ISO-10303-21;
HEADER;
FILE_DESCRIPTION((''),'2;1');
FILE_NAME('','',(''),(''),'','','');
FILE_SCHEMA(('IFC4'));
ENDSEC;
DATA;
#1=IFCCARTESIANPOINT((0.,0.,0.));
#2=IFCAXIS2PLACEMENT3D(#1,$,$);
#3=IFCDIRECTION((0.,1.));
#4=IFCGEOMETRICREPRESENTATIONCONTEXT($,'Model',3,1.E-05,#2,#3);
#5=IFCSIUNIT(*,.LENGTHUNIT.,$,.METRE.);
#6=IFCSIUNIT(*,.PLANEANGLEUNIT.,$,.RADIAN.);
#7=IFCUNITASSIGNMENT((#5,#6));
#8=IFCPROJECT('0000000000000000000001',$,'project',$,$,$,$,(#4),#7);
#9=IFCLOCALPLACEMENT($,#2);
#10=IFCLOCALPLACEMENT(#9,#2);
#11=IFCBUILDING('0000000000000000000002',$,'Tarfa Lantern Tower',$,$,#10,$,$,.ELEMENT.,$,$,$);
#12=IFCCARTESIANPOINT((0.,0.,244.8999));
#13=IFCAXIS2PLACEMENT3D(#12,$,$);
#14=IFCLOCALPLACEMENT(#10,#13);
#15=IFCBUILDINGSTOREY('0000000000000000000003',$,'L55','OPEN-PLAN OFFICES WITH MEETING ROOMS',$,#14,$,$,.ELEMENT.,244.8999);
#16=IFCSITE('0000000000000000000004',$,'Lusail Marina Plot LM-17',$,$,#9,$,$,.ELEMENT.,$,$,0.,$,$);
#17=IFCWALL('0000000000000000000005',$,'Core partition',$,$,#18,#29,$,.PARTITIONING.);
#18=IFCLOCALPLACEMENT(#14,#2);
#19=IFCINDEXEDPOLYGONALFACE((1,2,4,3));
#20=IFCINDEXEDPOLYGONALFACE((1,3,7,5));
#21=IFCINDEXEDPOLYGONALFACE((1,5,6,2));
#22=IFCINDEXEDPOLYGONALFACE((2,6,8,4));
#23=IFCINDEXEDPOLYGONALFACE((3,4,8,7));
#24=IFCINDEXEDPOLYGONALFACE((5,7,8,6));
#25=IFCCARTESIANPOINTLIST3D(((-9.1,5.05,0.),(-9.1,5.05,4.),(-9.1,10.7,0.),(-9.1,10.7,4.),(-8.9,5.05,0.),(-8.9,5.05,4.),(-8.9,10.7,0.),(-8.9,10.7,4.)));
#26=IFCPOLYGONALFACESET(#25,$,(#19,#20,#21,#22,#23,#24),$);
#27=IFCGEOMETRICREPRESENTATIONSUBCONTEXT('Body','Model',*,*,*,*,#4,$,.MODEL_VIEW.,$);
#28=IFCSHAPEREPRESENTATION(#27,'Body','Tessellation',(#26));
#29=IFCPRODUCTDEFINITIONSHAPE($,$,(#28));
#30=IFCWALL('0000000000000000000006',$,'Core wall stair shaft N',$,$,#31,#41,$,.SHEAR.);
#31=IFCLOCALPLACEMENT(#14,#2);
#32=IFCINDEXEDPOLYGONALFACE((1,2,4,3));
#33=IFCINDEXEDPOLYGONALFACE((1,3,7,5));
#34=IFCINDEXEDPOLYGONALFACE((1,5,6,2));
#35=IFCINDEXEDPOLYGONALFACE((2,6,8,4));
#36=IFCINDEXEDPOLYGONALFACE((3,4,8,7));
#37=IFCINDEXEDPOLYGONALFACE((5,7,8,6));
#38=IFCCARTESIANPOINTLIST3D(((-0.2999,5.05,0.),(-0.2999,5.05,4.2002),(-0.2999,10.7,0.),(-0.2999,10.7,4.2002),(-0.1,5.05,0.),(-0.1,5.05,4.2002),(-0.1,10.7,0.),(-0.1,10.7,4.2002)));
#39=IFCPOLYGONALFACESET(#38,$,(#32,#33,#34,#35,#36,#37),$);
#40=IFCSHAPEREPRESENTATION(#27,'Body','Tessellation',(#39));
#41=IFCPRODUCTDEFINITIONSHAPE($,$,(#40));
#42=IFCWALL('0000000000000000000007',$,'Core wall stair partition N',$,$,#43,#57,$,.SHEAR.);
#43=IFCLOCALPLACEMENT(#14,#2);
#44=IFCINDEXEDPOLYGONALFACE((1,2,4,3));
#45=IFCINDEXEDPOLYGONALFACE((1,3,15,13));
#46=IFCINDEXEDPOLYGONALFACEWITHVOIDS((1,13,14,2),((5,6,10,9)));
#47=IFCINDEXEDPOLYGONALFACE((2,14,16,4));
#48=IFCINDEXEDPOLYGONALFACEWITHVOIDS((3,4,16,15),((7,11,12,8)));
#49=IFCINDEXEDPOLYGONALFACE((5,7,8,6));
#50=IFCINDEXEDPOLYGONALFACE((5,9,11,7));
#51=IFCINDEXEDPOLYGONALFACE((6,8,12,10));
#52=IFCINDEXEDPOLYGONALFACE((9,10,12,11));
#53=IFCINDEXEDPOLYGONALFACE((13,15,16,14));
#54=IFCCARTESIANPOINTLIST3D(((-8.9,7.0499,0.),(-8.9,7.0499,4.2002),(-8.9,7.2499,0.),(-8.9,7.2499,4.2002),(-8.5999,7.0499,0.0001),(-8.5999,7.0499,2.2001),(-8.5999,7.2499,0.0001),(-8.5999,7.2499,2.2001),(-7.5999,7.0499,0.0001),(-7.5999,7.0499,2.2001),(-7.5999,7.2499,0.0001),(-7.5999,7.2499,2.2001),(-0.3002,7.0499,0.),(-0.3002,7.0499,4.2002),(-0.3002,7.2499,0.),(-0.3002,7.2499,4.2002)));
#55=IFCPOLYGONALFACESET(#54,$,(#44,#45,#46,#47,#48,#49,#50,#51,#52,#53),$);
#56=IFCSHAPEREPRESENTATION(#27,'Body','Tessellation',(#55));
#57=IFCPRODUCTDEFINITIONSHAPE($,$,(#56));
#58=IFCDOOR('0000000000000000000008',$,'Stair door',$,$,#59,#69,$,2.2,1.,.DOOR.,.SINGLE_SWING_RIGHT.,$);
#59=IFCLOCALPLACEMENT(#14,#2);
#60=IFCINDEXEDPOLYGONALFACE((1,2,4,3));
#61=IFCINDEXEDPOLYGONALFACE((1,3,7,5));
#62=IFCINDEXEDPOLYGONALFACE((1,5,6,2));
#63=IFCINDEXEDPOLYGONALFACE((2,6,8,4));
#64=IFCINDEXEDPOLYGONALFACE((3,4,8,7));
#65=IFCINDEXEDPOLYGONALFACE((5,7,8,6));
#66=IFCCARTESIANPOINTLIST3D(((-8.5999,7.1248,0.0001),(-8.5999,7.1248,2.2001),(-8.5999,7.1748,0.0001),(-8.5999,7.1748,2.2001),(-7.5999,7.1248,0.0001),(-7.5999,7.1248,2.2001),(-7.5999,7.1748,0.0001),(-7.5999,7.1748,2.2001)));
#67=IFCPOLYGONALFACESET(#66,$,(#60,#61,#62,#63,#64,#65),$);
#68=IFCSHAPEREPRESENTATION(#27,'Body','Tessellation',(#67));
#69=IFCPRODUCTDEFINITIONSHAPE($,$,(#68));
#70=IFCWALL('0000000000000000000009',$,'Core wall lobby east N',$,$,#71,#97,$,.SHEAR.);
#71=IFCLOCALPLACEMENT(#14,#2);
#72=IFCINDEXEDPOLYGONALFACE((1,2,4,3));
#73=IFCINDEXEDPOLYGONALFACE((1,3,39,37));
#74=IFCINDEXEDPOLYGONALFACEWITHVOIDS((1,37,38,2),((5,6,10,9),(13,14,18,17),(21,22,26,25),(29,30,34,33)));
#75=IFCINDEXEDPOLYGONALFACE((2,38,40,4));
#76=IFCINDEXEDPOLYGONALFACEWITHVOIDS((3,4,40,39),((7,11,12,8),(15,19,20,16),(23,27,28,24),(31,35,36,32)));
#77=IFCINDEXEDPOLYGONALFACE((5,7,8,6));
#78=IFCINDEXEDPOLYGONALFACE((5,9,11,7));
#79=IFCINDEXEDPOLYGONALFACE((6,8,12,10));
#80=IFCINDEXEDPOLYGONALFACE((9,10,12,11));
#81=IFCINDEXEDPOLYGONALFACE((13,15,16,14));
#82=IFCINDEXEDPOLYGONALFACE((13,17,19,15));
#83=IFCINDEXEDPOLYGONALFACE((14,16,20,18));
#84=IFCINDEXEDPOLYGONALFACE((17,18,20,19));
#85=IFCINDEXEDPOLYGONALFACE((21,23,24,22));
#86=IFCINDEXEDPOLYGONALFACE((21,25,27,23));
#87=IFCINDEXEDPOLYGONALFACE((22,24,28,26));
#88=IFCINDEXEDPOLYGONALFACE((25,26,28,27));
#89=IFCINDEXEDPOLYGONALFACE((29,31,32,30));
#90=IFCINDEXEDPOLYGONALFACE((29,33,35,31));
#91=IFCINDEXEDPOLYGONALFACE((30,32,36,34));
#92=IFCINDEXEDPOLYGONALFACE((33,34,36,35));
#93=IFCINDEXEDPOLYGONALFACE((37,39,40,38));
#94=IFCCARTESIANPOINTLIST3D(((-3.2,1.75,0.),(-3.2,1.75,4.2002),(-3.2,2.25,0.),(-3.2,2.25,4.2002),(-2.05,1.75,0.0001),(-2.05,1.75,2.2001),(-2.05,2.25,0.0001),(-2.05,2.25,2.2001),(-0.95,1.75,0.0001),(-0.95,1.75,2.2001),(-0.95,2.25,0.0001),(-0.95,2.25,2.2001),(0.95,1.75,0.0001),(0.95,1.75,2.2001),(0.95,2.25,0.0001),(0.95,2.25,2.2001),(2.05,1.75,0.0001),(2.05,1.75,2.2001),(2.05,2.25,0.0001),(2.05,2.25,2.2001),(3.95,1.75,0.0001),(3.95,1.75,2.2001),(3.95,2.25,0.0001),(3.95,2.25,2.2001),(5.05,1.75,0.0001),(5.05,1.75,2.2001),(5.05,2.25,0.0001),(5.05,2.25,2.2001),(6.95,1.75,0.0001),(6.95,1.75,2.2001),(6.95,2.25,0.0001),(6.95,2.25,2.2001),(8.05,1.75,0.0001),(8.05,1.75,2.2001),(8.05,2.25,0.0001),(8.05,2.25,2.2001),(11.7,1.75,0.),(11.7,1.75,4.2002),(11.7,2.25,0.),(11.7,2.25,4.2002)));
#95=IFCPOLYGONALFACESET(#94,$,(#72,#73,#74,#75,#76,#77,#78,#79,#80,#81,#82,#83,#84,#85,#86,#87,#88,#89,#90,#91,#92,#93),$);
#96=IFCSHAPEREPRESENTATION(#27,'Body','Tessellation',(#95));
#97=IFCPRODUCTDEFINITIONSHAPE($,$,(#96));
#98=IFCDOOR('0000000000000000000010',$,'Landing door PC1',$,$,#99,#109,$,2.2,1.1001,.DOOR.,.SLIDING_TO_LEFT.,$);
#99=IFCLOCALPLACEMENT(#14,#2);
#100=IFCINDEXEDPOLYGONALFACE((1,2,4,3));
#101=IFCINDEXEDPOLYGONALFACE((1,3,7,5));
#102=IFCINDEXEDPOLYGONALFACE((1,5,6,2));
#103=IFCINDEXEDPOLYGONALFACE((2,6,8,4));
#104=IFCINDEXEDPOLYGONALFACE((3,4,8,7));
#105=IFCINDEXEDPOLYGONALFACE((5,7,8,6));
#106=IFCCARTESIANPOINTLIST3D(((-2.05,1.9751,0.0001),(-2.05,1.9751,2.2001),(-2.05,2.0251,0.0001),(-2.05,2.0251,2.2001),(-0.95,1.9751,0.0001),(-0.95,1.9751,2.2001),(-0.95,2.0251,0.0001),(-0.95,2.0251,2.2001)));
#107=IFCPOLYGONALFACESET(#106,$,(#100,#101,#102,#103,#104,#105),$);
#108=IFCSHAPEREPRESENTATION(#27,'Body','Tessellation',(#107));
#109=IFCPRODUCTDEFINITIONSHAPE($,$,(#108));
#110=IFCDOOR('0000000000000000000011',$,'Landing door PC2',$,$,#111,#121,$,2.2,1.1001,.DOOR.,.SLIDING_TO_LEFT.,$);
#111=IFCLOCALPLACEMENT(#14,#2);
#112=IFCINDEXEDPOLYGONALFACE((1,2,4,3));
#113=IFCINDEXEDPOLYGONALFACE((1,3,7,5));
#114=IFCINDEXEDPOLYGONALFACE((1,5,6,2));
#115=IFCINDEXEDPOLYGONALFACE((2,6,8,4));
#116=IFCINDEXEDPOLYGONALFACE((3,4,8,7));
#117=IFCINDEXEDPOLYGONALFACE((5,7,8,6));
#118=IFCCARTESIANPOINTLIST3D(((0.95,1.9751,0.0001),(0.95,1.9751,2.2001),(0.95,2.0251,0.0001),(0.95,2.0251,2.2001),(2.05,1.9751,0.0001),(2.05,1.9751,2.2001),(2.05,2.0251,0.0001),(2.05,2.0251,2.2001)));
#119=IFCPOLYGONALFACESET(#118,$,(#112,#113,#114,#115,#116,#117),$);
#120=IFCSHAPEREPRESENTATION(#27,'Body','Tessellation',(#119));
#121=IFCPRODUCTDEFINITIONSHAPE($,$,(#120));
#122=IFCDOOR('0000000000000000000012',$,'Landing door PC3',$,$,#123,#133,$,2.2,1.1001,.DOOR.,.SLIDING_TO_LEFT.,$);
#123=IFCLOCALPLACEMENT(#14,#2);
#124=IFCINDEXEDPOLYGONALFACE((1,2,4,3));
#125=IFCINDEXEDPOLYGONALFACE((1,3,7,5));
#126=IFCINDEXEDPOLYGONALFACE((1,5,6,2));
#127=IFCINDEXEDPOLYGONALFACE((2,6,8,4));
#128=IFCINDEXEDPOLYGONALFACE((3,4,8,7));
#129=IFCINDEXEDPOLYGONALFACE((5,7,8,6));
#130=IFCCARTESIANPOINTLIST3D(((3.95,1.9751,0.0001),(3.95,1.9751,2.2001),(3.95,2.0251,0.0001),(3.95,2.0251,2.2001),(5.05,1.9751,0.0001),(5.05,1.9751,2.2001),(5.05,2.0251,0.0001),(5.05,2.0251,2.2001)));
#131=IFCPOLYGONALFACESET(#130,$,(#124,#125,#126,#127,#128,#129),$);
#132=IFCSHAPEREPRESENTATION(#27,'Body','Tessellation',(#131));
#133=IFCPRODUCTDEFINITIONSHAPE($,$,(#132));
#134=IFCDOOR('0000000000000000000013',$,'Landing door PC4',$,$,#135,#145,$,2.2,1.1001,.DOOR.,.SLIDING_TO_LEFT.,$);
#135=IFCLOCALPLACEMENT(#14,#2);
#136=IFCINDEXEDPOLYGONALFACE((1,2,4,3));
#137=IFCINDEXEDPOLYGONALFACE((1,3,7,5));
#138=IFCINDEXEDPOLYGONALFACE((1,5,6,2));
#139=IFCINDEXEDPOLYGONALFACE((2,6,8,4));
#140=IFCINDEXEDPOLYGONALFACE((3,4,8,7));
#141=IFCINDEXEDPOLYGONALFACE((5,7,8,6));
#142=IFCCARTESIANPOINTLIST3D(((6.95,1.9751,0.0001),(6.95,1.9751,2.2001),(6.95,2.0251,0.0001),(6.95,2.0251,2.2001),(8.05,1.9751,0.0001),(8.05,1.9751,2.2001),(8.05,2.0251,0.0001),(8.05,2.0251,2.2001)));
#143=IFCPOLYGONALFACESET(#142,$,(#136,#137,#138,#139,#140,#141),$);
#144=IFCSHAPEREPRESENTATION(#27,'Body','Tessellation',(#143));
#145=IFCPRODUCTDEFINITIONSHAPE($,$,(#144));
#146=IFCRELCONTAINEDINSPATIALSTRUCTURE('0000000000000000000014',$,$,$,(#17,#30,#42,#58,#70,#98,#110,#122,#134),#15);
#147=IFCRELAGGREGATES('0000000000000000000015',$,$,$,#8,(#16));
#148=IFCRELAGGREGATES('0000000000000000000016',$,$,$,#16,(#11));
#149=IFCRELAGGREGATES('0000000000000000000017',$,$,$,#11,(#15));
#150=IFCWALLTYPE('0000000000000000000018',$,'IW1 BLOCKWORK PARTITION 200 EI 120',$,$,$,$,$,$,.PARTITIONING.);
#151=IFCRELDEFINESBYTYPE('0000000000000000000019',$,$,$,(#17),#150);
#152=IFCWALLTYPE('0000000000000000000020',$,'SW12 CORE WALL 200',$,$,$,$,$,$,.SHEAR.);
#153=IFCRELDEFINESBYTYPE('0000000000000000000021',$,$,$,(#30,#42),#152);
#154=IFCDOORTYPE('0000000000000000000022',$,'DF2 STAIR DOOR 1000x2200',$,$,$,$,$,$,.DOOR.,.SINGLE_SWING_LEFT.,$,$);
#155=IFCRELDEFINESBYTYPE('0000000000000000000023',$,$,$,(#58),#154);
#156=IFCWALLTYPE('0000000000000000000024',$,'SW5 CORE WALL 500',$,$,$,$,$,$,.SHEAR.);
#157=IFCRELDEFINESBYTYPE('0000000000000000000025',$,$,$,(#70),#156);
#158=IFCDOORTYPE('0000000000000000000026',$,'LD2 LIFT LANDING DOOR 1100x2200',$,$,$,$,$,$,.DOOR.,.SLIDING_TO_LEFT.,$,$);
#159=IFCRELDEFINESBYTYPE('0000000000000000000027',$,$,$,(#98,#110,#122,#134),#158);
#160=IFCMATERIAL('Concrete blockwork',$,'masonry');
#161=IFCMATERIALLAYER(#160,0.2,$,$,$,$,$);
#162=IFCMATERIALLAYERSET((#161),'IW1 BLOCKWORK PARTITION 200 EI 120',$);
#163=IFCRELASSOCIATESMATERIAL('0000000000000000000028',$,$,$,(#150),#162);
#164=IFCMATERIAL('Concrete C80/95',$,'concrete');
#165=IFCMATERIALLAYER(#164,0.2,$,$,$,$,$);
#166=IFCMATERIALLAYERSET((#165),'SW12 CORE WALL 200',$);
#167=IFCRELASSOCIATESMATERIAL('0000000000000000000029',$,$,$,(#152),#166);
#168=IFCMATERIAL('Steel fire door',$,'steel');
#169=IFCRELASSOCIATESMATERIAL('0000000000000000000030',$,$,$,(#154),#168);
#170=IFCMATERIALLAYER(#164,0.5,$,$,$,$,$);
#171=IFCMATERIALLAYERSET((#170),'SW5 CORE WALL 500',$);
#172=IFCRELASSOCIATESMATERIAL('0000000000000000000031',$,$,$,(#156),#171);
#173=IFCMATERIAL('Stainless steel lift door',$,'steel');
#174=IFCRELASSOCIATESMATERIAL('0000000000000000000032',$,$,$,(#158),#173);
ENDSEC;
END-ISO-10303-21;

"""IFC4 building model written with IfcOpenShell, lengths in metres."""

from ifc_helpers import new_model, si_unit, direction, frame, frame_2d, origin, place, context, subcontext, project, spatial, rectangle, extrude, material, layer, layer_set, type_object, element, fill, save


model = new_model("IFC4")

# Units and contexts
model_context = context("Model", 3, precision=1e-05, world=origin(), true_north=direction((0.0, 1.0)))
body_context = subcontext(model_context, "Body", "Model", "MODEL_VIEW")
ifc_project = project(units=[si_unit("LENGTHUNIT", "METRE"), si_unit("PLANEANGLEUNIT", "RADIAN")], contexts=[model_context])

# Site, building, storey
site_placement = place(None, origin())
site = spatial("IfcSite", under=ifc_project, at=site_placement, Name="Lusail Marina Plot LM-17", CompositionType="ELEMENT", RefElevation=0.0)
building_placement = place(site_placement, origin())
building = spatial("IfcBuilding", under=site, at=building_placement, Name="Tarfa Lantern Tower", CompositionType="ELEMENT")
storey_placement = place(building_placement, frame((0.0, 0.0, 244.8999)))
storey = spatial("IfcBuildingStorey", under=building, at=storey_placement, Name="L55", Description="OPEN-PLAN OFFICES WITH MEETING ROOMS", CompositionType="ELEMENT", Elevation=244.8999)

# Walls
ifc_material_1 = material(Name="Concrete blockwork", Category="masonry")
ifc_layer_1 = layer(ifc_material_1, 0.2)
ifc_layer_set_1 = layer_set([ifc_layer_1], Name="IW1 BLOCKWORK PARTITION 200 EI 120")
wall_type_1 = type_object("IfcWallType", Name="IW1 BLOCKWORK PARTITION 200 EI 120", PredefinedType="PARTITIONING", material=ifc_layer_set_1)
wall_1_placement = place(storey_placement, frame((-9.0, 5.05, 0.0), z_axis=(0.0, 0.0, 1.0), x_axis=(0.0, 1.0, 0.0)))
element("IfcWall", 1, at=wall_1_placement, inside=storey, type_object=wall_type_1, Name="Core partition", PredefinedType="PARTITIONING", context=body_context, shape_type="SweptSolid", body=[
    extrude(rectangle(XDim=5.6499, YDim=0.2, at=frame_2d((2.825, 0.0))), origin(), (0.0, 0.0, 1.0), 4.0),
])
ifc_material_2 = material(Name="Concrete C80/95", Category="concrete")
ifc_layer_2 = layer(ifc_material_2, 0.2)
ifc_layer_set_2 = layer_set([ifc_layer_2], Name="SW12 CORE WALL 200")
wall_type_2 = type_object("IfcWallType", Name="SW12 CORE WALL 200", PredefinedType="SHEAR", material=ifc_layer_set_2)
wall_2_placement = place(storey_placement, frame((-0.2, 5.05, 0.0), z_axis=(0.0, 0.0, 1.0), x_axis=(0.0, 1.0, 0.0)))
element("IfcWall", 2, at=wall_2_placement, inside=storey, type_object=wall_type_2, Name="Core wall stair shaft N", PredefinedType="SHEAR", context=body_context, shape_type="SweptSolid", body=[
    extrude(rectangle(XDim=5.6499, YDim=0.2, at=frame_2d((2.825, 0.0))), origin(), (0.0, 0.0, 1.0), 4.2002),
])

# Wall, opening, door
wall_3_placement = place(storey_placement, frame((-8.8999, 7.1499, 0.0), z_axis=(0.0, 0.0, 1.0), x_axis=(1.0, 0.0, 0.0)))
wall_3 = element("IfcWall", 3, at=wall_3_placement, inside=storey, type_object=wall_type_2, Name="Core wall stair partition N", PredefinedType="SHEAR", context=body_context, shape_type="SweptSolid", body=[
    extrude(rectangle(XDim=8.5999, YDim=0.2, at=frame_2d((4.2998, 0.0))), origin(), (0.0, 0.0, 1.0), 4.2002),
])
opening_1_placement = place(wall_3_placement, frame((0.3, 0.0, 0.0)))
opening_1 = element("IfcOpeningElement", 4, at=opening_1_placement, cuts=wall_3, PredefinedType="OPENING", context=body_context, shape_type="SweptSolid", body=[
    extrude(rectangle(XDim=1.0, YDim=2.2, at=frame_2d((0.5, 1.1001))), frame((0.0, 0.1099, 0.0), z_axis=(0.0, -1.0, 0.0), x_axis=(1.0, 0.0, 0.0)), (0.0, 0.0, 1.0), 0.22),
])
ifc_material_3 = material(Name="Steel fire door", Category="steel")
door_type_1 = type_object("IfcDoorType", Name="DF2 STAIR DOOR 1000x2200", OperationType="SINGLE_SWING_LEFT", PredefinedType="DOOR", material=ifc_material_3)
door_1_placement = place(opening_1_placement, origin())
door_1 = element("IfcDoor", 5, at=door_1_placement, inside=storey, type_object=door_type_1, Name="Stair door", OperationType="SINGLE_SWING_RIGHT", OverallHeight=2.2, OverallWidth=1.0, PredefinedType="DOOR", context=body_context, shape_type="SweptSolid", body=[
    extrude(rectangle(XDim=1.0, YDim=2.2, at=frame_2d((0.5, 1.1001))), frame((0.0, 0.0249, 0.0), z_axis=(0.0, -1.0, 0.0), x_axis=(1.0, 0.0, 0.0)), (0.0, 0.0, 1.0), 0.05),
])
fill(opening_1, door_1)

# Wall, openings, doors
ifc_layer_3 = layer(ifc_material_2, 0.5)
ifc_layer_set_3 = layer_set([ifc_layer_3], Name="SW5 CORE WALL 500")
wall_type_3 = type_object("IfcWallType", Name="SW5 CORE WALL 500", PredefinedType="SHEAR", material=ifc_layer_set_3)
wall_4_placement = place(storey_placement, frame((-3.2, 2.0, 0.0), z_axis=(0.0, 0.0, 1.0), x_axis=(1.0, 0.0, 0.0)))
wall_4 = element("IfcWall", 6, at=wall_4_placement, inside=storey, type_object=wall_type_3, Name="Core wall lobby east N", PredefinedType="SHEAR", context=body_context, shape_type="SweptSolid", body=[
    extrude(rectangle(XDim=14.8999, YDim=0.5, at=frame_2d((7.45, 0.0))), origin(), (0.0, 0.0, 1.0), 4.2002),
])
opening_2_placement = place(wall_4_placement, frame((1.1499, 0.0, 0.0)))
opening_2 = element("IfcOpeningElement", 7, at=opening_2_placement, cuts=wall_4, PredefinedType="OPENING", context=body_context, shape_type="SweptSolid", body=[
    extrude(rectangle(XDim=1.1001, YDim=2.2, at=frame_2d((0.55, 1.1001))), frame((0.0, 0.26, 0.0), z_axis=(0.0, -1.0, 0.0), x_axis=(1.0, 0.0, 0.0)), (0.0, 0.0, 1.0), 0.52),
])
opening_3_placement = place(wall_4_placement, frame((4.1499, 0.0, 0.0)))
opening_3 = element("IfcOpeningElement", 8, at=opening_3_placement, cuts=wall_4, PredefinedType="OPENING", context=body_context, shape_type="SweptSolid", body=[
    extrude(rectangle(XDim=1.1001, YDim=2.2, at=frame_2d((0.55, 1.1001))), frame((0.0, 0.26, 0.0), z_axis=(0.0, -1.0, 0.0), x_axis=(1.0, 0.0, 0.0)), (0.0, 0.0, 1.0), 0.52),
])
opening_4_placement = place(wall_4_placement, frame((7.1499, 0.0, 0.0)))
opening_4 = element("IfcOpeningElement", 9, at=opening_4_placement, cuts=wall_4, PredefinedType="OPENING", context=body_context, shape_type="SweptSolid", body=[
    extrude(rectangle(XDim=1.1001, YDim=2.2, at=frame_2d((0.55, 1.1001))), frame((0.0, 0.26, 0.0), z_axis=(0.0, -1.0, 0.0), x_axis=(1.0, 0.0, 0.0)), (0.0, 0.0, 1.0), 0.52),
])
opening_5_placement = place(wall_4_placement, frame((10.1499, 0.0, 0.0)))
opening_5 = element("IfcOpeningElement", 10, at=opening_5_placement, cuts=wall_4, PredefinedType="OPENING", context=body_context, shape_type="SweptSolid", body=[
    extrude(rectangle(XDim=1.1001, YDim=2.2, at=frame_2d((0.55, 1.1001))), frame((0.0, 0.26, 0.0), z_axis=(0.0, -1.0, 0.0), x_axis=(1.0, 0.0, 0.0)), (0.0, 0.0, 1.0), 0.52),
])
ifc_material_4 = material(Name="Stainless steel lift door", Category="steel")
door_type_2 = type_object("IfcDoorType", Name="LD2 LIFT LANDING DOOR 1100x2200", OperationType="SLIDING_TO_LEFT", PredefinedType="DOOR", material=ifc_material_4)
door_2_placement = place(opening_2_placement, frame((1.1001, 0.0, 0.0), z_axis=(0.0, 0.0, 1.0), x_axis=(-1.0, 0.0, 0.0)))
door_2 = element("IfcDoor", 11, at=door_2_placement, inside=storey, type_object=door_type_2, Name="Landing door PC1", OperationType="SLIDING_TO_LEFT", OverallHeight=2.2, OverallWidth=1.1001, PredefinedType="DOOR", context=body_context, shape_type="SweptSolid", body=[
    extrude(rectangle(XDim=1.1001, YDim=2.2, at=frame_2d((0.55, 1.1001))), frame((0.0, 0.0249, 0.0), z_axis=(0.0, -1.0, 0.0), x_axis=(1.0, 0.0, 0.0)), (0.0, 0.0, 1.0), 0.05),
])
fill(opening_2, door_2)
door_3_placement = place(opening_3_placement, frame((1.1001, 0.0, 0.0), z_axis=(0.0, 0.0, 1.0), x_axis=(-1.0, 0.0, 0.0)))
door_3 = element("IfcDoor", 12, at=door_3_placement, inside=storey, type_object=door_type_2, Name="Landing door PC2", OperationType="SLIDING_TO_LEFT", OverallHeight=2.2, OverallWidth=1.1001, PredefinedType="DOOR", context=body_context, shape_type="SweptSolid", body=[
    extrude(rectangle(XDim=1.1001, YDim=2.2, at=frame_2d((0.55, 1.1001))), frame((0.0, 0.0249, 0.0), z_axis=(0.0, -1.0, 0.0), x_axis=(1.0, 0.0, 0.0)), (0.0, 0.0, 1.0), 0.05),
])
fill(opening_3, door_3)
door_4_placement = place(opening_4_placement, frame((1.1001, 0.0, 0.0), z_axis=(0.0, 0.0, 1.0), x_axis=(-1.0, 0.0, 0.0)))
door_4 = element("IfcDoor", 13, at=door_4_placement, inside=storey, type_object=door_type_2, Name="Landing door PC3", OperationType="SLIDING_TO_LEFT", OverallHeight=2.2, OverallWidth=1.1001, PredefinedType="DOOR", context=body_context, shape_type="SweptSolid", body=[
    extrude(rectangle(XDim=1.1001, YDim=2.2, at=frame_2d((0.55, 1.1001))), frame((0.0, 0.0249, 0.0), z_axis=(0.0, -1.0, 0.0), x_axis=(1.0, 0.0, 0.0)), (0.0, 0.0, 1.0), 0.05),
])
fill(opening_4, door_4)
door_5_placement = place(opening_5_placement, frame((1.1001, 0.0, 0.0), z_axis=(0.0, 0.0, 1.0), x_axis=(-1.0, 0.0, 0.0)))
door_5 = element("IfcDoor", 14, at=door_5_placement, inside=storey, type_object=door_type_2, Name="Landing door PC4", OperationType="SLIDING_TO_LEFT", OverallHeight=2.2, OverallWidth=1.1001, PredefinedType="DOOR", context=body_context, shape_type="SweptSolid", body=[
    extrude(rectangle(XDim=1.1001, YDim=2.2, at=frame_2d((0.55, 1.1001))), frame((0.0, 0.0249, 0.0), z_axis=(0.0, -1.0, 0.0), x_axis=(1.0, 0.0, 0.0)), (0.0, 0.0, 1.0), 0.05),
])
fill(opening_5, door_5)

save(model, "model.ifc")
